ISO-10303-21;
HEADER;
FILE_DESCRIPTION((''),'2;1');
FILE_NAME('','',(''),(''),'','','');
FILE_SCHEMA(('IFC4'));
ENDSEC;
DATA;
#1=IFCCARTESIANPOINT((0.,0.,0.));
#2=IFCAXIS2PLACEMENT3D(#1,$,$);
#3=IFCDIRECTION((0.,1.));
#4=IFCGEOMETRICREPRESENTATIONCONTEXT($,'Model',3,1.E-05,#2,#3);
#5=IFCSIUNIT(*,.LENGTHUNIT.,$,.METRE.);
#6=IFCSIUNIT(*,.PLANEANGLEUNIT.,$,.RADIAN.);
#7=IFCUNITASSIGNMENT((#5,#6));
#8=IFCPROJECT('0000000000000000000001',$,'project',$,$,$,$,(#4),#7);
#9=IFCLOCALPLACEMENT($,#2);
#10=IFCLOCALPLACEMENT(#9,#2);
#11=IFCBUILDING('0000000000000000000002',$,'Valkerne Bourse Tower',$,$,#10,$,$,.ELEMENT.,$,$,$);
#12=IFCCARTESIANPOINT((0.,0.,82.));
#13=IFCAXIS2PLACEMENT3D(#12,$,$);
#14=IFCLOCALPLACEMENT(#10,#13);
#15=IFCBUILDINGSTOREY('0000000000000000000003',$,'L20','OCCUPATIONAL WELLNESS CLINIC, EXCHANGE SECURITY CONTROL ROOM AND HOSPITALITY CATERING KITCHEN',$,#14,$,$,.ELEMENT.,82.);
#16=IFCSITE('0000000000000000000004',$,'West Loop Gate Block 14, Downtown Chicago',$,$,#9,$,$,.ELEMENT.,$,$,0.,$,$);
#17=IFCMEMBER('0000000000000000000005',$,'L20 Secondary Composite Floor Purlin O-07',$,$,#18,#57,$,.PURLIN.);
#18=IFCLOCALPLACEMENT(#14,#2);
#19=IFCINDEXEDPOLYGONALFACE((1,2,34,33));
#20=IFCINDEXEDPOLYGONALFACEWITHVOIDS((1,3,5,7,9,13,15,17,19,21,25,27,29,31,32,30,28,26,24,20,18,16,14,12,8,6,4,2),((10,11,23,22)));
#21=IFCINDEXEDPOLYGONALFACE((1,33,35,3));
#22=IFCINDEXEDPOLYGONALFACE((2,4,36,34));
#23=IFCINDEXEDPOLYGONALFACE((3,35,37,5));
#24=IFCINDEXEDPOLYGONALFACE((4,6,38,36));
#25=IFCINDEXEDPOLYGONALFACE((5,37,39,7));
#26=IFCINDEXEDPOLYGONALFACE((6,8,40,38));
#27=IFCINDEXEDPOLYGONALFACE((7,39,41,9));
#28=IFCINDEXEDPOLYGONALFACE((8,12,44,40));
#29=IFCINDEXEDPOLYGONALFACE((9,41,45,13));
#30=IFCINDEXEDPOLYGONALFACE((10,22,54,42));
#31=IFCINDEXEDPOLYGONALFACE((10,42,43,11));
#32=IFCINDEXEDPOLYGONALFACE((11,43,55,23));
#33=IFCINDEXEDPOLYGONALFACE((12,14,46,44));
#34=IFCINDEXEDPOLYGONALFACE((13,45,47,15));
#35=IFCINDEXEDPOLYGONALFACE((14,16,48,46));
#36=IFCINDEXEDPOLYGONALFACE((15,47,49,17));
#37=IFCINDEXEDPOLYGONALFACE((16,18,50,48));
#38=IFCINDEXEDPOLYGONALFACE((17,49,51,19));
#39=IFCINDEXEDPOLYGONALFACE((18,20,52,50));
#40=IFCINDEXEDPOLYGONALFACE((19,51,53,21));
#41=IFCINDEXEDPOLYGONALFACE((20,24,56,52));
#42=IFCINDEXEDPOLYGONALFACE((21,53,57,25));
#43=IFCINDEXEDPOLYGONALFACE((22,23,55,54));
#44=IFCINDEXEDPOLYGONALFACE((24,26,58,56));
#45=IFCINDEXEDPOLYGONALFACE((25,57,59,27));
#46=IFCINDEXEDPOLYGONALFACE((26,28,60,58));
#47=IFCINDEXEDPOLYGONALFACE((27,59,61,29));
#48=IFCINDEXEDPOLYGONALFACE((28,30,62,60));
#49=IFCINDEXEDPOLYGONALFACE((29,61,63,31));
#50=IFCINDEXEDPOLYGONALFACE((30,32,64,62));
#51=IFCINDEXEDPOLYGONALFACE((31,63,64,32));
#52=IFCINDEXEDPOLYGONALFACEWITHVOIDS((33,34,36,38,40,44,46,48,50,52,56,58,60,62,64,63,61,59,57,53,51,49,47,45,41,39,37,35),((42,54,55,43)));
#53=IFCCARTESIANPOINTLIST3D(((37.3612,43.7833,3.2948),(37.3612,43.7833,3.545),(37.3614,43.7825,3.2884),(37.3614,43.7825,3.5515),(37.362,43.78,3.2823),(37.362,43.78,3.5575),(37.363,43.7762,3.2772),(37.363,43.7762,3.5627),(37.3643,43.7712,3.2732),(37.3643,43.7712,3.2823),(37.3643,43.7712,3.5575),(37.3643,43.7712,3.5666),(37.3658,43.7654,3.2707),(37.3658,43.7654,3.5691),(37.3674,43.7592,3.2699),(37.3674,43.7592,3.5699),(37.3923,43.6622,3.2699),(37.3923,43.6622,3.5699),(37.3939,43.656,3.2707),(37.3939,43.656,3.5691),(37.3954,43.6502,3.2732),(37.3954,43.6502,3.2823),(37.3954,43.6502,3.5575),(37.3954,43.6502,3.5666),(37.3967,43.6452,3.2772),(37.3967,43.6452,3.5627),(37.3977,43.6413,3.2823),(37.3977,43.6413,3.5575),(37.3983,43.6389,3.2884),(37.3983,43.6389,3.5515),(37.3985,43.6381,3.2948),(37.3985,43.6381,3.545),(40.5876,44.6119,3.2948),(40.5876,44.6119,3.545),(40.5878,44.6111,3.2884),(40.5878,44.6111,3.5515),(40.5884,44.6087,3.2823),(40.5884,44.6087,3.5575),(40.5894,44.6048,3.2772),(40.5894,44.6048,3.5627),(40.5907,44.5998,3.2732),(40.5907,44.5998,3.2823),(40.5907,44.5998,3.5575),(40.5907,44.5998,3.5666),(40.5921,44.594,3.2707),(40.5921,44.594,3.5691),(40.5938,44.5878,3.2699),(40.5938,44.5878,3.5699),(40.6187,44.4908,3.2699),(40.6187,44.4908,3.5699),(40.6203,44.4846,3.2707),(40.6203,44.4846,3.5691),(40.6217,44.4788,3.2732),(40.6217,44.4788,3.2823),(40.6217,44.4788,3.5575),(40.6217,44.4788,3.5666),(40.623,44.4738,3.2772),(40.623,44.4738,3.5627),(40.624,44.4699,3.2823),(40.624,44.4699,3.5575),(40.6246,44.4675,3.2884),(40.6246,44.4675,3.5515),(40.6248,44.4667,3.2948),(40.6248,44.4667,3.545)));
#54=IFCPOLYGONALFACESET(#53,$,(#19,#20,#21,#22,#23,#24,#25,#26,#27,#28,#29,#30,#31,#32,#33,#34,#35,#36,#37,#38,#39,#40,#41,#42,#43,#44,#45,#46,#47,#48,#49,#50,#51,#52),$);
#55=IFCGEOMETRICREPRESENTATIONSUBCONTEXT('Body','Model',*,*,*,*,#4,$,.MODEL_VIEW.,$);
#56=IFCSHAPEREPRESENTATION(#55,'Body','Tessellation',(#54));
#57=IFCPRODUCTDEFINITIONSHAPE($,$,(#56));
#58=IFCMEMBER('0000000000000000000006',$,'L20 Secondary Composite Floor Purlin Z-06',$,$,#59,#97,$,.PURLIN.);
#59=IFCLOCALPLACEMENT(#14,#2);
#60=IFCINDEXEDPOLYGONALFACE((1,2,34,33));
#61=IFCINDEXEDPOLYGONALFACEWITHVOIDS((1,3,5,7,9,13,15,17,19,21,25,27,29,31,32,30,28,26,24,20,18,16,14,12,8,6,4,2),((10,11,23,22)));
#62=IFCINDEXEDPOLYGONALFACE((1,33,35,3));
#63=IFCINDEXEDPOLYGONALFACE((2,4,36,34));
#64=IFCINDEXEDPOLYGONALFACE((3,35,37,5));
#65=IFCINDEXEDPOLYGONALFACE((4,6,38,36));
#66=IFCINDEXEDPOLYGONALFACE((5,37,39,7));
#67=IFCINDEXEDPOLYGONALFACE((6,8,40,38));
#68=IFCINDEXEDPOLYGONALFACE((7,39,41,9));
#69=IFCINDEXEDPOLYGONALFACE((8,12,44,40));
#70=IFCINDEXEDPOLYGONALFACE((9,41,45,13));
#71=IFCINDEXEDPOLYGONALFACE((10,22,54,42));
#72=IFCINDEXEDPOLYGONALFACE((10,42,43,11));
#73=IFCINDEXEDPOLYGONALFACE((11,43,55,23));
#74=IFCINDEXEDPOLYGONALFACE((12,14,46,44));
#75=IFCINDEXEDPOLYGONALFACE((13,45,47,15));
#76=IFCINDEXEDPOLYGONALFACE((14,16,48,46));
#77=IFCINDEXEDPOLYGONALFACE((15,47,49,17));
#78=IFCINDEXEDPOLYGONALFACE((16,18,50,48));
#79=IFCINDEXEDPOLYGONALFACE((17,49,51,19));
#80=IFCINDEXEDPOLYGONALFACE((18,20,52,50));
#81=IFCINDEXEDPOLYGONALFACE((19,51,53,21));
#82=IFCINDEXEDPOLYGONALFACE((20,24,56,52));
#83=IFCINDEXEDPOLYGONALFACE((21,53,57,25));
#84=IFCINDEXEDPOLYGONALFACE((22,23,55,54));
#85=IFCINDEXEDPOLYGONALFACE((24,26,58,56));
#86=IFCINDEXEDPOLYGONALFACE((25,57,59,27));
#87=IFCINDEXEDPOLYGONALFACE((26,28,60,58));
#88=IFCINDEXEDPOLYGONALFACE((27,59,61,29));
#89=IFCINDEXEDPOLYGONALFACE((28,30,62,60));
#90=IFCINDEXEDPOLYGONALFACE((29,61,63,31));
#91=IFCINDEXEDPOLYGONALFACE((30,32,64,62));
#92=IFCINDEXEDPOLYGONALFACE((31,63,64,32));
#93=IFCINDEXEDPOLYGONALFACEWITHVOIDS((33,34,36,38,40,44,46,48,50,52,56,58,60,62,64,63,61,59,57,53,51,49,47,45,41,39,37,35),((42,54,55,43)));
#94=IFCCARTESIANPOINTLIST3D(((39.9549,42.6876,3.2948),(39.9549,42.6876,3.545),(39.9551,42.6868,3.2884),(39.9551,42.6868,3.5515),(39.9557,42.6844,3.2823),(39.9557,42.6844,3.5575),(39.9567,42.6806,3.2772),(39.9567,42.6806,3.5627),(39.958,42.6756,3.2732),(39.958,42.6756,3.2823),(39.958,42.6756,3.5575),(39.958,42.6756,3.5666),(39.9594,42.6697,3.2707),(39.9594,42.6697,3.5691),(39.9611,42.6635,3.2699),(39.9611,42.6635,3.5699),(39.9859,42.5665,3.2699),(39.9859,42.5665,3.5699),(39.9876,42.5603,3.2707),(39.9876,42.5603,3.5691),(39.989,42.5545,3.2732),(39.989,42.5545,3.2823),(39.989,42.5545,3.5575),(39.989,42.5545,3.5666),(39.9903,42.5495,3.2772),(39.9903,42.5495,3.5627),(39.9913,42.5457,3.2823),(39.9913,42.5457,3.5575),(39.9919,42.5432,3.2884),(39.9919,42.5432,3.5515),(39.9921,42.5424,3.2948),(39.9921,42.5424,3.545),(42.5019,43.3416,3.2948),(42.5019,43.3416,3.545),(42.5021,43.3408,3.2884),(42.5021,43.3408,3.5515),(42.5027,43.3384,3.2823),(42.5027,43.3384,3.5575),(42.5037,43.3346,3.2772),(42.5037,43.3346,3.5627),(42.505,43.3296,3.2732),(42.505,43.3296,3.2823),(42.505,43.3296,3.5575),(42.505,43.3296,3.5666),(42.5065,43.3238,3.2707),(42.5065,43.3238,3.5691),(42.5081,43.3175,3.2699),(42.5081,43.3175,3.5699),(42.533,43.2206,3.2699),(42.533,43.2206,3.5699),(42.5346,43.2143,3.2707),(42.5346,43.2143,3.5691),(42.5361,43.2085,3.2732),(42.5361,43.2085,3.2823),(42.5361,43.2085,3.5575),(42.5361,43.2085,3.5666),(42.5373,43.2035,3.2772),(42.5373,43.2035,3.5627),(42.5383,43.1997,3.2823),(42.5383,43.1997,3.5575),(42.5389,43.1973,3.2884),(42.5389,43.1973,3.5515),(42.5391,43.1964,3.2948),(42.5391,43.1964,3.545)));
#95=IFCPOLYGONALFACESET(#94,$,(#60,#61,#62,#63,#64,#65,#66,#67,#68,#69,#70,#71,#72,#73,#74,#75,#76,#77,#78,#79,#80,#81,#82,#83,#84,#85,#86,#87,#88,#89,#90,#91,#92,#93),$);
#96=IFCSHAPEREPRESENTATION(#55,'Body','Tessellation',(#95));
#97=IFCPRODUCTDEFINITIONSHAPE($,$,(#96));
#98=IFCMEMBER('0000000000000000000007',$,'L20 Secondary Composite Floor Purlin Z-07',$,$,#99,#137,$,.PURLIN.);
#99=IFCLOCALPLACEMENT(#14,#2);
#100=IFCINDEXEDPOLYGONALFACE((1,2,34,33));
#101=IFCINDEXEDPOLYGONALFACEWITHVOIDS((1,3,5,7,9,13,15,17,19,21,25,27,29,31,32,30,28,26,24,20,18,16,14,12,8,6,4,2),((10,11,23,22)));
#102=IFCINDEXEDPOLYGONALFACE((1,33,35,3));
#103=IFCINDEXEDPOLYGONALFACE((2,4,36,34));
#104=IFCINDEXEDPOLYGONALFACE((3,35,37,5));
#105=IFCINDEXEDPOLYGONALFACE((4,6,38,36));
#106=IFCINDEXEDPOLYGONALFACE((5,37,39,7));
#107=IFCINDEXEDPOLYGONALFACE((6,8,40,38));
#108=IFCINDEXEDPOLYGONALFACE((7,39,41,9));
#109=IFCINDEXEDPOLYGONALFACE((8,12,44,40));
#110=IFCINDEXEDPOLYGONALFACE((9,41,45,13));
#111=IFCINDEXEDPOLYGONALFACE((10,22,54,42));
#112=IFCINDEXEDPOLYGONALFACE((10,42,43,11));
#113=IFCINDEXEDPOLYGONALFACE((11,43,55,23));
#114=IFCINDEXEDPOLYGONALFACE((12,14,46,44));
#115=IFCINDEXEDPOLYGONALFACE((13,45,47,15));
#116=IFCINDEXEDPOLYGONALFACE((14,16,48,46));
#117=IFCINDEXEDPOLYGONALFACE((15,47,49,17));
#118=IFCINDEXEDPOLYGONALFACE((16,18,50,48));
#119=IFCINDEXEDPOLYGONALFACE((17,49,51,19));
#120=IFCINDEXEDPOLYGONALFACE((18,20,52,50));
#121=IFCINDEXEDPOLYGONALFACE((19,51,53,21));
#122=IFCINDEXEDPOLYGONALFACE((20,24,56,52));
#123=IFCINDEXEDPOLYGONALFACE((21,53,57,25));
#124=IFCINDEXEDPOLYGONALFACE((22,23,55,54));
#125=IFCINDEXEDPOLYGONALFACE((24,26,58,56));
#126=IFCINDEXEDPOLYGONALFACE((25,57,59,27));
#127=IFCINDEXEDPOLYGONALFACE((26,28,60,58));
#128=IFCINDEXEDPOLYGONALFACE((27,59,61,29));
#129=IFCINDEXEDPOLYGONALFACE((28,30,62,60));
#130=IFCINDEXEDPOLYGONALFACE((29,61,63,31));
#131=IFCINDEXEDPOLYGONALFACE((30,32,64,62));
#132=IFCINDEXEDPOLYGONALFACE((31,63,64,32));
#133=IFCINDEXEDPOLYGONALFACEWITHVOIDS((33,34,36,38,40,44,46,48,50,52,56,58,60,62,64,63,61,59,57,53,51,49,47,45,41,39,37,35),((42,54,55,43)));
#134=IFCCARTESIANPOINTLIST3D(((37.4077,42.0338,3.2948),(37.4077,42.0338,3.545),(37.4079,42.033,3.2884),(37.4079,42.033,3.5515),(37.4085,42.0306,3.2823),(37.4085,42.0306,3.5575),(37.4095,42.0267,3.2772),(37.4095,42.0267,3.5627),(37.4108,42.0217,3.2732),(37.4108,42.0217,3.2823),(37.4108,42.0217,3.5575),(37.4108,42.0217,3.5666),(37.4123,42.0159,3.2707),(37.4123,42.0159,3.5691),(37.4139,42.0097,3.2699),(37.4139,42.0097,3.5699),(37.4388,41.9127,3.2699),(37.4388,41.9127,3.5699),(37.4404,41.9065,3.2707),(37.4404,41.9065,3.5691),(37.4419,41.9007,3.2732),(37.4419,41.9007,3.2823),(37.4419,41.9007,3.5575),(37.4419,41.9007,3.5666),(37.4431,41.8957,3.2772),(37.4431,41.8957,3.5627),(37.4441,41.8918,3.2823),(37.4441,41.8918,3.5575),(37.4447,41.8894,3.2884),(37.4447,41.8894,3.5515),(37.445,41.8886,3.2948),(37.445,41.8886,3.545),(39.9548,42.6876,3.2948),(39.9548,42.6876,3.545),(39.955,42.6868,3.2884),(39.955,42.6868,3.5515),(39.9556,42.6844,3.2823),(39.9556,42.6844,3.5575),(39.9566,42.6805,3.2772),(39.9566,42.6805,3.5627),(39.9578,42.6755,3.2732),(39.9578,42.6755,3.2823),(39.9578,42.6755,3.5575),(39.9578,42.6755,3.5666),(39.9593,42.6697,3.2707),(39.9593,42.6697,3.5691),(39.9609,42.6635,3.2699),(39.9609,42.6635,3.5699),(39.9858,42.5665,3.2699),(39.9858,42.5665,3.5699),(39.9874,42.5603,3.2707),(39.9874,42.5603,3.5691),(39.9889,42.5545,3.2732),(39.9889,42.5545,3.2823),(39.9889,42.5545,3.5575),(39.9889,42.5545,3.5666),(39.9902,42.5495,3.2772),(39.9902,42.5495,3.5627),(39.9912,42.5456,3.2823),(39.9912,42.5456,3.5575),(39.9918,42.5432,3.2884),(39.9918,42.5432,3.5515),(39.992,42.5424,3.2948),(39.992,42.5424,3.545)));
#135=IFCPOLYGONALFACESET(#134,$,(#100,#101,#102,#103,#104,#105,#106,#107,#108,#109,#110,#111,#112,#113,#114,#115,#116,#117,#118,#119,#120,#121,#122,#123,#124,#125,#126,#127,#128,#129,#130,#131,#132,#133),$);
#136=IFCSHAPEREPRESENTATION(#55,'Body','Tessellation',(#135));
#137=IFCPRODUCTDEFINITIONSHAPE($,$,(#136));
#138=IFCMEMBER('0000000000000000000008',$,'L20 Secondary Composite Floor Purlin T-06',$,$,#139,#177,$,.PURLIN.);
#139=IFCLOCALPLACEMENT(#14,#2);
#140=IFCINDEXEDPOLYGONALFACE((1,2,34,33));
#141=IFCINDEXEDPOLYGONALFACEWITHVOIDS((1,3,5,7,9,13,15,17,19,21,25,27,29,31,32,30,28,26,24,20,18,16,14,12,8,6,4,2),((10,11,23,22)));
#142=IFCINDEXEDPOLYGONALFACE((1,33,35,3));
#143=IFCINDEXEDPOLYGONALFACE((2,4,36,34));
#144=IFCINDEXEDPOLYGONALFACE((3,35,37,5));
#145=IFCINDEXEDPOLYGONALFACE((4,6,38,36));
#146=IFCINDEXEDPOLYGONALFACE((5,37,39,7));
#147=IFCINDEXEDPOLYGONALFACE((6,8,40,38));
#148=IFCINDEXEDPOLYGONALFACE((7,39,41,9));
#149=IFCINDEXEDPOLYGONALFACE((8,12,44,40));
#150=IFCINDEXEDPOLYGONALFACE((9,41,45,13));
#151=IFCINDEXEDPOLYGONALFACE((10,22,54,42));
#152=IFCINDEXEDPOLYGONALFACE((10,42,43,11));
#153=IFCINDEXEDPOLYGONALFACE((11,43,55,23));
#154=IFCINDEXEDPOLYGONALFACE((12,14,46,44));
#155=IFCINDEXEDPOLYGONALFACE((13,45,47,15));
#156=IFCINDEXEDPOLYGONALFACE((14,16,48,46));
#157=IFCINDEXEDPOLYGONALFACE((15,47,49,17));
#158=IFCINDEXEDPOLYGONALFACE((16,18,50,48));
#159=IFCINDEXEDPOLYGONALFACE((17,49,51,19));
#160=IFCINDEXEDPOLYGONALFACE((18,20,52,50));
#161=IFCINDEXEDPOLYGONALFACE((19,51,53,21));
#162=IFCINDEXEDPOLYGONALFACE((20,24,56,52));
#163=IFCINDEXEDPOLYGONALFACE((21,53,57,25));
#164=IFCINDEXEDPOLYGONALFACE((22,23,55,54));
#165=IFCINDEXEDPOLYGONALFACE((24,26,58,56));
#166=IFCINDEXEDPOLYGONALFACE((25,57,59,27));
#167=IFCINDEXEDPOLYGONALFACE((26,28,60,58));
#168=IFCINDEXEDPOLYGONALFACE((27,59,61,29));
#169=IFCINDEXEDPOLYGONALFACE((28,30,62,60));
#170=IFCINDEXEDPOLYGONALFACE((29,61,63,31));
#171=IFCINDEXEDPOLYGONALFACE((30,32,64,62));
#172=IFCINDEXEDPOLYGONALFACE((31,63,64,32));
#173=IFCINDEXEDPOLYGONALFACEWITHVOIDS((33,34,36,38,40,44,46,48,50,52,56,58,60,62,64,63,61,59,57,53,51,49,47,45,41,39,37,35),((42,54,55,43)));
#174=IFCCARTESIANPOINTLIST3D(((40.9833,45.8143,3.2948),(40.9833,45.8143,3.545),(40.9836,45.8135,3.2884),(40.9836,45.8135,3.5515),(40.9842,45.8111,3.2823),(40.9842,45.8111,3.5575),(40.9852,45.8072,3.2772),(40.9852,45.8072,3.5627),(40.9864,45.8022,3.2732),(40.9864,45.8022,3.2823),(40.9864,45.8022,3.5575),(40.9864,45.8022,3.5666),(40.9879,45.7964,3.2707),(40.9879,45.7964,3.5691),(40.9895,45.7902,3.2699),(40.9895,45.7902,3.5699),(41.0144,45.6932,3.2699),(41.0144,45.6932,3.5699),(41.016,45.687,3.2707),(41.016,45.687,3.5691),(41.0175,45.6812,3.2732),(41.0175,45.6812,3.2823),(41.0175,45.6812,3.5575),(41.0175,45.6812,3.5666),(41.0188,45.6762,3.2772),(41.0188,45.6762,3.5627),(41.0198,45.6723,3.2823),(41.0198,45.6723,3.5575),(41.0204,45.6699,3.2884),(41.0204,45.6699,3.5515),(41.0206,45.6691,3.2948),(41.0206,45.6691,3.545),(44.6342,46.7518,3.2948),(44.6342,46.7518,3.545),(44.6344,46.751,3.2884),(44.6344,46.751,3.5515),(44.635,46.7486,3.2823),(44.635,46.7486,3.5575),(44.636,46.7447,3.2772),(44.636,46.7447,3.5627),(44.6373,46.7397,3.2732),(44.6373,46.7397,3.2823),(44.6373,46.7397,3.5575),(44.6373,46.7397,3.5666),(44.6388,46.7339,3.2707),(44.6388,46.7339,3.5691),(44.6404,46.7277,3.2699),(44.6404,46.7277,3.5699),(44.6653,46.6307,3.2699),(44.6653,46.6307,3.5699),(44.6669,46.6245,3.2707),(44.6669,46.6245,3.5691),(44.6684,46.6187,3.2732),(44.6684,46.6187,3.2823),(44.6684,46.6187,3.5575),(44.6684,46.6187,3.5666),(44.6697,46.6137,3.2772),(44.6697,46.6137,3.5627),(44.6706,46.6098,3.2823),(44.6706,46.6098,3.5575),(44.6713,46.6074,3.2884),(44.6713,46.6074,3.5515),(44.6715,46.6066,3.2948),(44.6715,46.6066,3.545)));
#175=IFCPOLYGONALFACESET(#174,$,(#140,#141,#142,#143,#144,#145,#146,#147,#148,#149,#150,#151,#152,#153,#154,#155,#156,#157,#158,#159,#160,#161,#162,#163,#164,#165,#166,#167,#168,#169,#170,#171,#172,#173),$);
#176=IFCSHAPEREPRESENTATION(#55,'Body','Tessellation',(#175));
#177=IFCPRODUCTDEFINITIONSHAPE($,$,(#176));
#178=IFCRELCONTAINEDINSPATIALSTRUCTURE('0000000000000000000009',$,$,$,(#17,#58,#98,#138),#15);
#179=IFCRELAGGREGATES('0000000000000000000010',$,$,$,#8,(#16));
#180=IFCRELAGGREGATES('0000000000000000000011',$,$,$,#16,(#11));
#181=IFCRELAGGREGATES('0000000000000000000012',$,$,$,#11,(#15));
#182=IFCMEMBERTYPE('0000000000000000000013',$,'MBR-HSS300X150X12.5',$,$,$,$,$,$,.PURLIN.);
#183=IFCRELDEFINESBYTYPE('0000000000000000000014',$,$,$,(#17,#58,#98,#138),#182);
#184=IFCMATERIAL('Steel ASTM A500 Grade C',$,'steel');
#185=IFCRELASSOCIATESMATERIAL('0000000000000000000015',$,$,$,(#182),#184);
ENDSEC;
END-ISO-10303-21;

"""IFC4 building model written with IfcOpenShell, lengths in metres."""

from ifc_helpers import new_model, si_unit, direction, frame, origin, origin_2d, place, context, subcontext, project, spatial, hollow_rectangle, extrude, material, material_profile, profile_set, type_object, element, save


model = new_model("IFC4")

# Units and contexts
model_context = context("Model", 3, precision=1e-05, world=origin(), true_north=direction((0.0, 1.0)))
body_context = subcontext(model_context, "Body", "Model", "MODEL_VIEW")
ifc_project = project(units=[si_unit("LENGTHUNIT", "METRE"), si_unit("PLANEANGLEUNIT", "RADIAN")], contexts=[model_context])

# Site, building, storey
site_placement = place(None, origin())
site = spatial("IfcSite", under=ifc_project, at=site_placement, Name="West Loop Gate Block 14, Downtown Chicago", CompositionType="ELEMENT", RefElevation=0.0)
building_placement = place(site_placement, origin())
building = spatial("IfcBuilding", under=site, at=building_placement, Name="Valkerne Bourse Tower", CompositionType="ELEMENT")
storey_placement = place(building_placement, frame((0.0, 0.0, 82.0)))
storey = spatial("IfcBuildingStorey", under=building, at=storey_placement, Name="L20", Description="OCCUPATIONAL WELLNESS CLINIC, EXCHANGE SECURITY CONTROL ROOM AND HOSPITALITY CATERING KITCHEN", CompositionType="ELEMENT", Elevation=82.0)

# Members
ifc_material_1 = material(Name="Steel ASTM A500 Grade C", Category="steel")
ifc_material_profile_1 = material_profile(ifc_material_1, hollow_rectangle(XDim=0.1499, YDim=0.3, WallThickness=0.0125, OuterFilletRadius=0.0249, at=origin_2d()), Name="HSS300X150X12.5")
ifc_profile_set_1 = profile_set([ifc_material_profile_1], Name="Steel ASTM A500 Grade C")
member_type_1 = type_object("IfcMemberType", Name="MBR-HSS300X150X12.5", PredefinedType="PURLIN", material=ifc_profile_set_1)
member_1_placement = place(storey_placement, frame((40.6062, 44.5393, 3.4199), z_axis=(-0.968566, -0.248756, 0.0), x_axis=(0.248756, -0.968566, 0.0)))
element("IfcMember", 1, at=member_1_placement, inside=storey, type_object=member_type_1, Name="L20 Secondary Composite Floor Purlin O-07", PredefinedType="PURLIN", context=body_context, shape_type="SweptSolid", body=[
    extrude(hollow_rectangle(XDim=0.1499, YDim=0.3, WallThickness=0.0125, OuterFilletRadius=0.0249, at=origin_2d()), origin(), (0.0, 0.0, 1.0), 3.3311),
])
for number, where, z_axis, x_axis, name in (
    (2, (42.5205, 43.269, 3.4199), (-0.968577, -0.248713, 0.0), (0.248713, -0.968577, 0.0), "L20 Secondary Composite Floor Purlin Z-06"),
    (3, (39.9734, 42.615, 3.4199), (-0.9686, -0.248626, 0.0), (0.248626, -0.9686, 0.0), "L20 Secondary Composite Floor Purlin Z-07"),
):
    element("IfcMember", number, at=place(storey_placement, frame(where, z_axis=z_axis, x_axis=x_axis)), inside=storey, type_object=member_type_1, Name=name, PredefinedType="PURLIN", context=body_context, shape_type="SweptSolid", body=[
        extrude(hollow_rectangle(XDim=0.1499, YDim=0.3, WallThickness=0.0125, OuterFilletRadius=0.0249, at=origin_2d()), origin(), (0.0, 0.0, 1.0), 2.6296),
    ])
member_2_placement = place(storey_placement, frame((44.6528, 46.6792, 3.4199), z_axis=(-0.968576, -0.248718, 0.0), x_axis=(0.248718, -0.968576, 0.0)))
element("IfcMember", 4, at=member_2_placement, inside=storey, type_object=member_type_1, Name="L20 Secondary Composite Floor Purlin T-06", PredefinedType="PURLIN", context=body_context, shape_type="SweptSolid", body=[
    extrude(hollow_rectangle(XDim=0.1499, YDim=0.3, WallThickness=0.0125, OuterFilletRadius=0.0249, at=origin_2d()), origin(), (0.0, 0.0, 1.0), 3.7693),
])

save(model, "model.ifc")
